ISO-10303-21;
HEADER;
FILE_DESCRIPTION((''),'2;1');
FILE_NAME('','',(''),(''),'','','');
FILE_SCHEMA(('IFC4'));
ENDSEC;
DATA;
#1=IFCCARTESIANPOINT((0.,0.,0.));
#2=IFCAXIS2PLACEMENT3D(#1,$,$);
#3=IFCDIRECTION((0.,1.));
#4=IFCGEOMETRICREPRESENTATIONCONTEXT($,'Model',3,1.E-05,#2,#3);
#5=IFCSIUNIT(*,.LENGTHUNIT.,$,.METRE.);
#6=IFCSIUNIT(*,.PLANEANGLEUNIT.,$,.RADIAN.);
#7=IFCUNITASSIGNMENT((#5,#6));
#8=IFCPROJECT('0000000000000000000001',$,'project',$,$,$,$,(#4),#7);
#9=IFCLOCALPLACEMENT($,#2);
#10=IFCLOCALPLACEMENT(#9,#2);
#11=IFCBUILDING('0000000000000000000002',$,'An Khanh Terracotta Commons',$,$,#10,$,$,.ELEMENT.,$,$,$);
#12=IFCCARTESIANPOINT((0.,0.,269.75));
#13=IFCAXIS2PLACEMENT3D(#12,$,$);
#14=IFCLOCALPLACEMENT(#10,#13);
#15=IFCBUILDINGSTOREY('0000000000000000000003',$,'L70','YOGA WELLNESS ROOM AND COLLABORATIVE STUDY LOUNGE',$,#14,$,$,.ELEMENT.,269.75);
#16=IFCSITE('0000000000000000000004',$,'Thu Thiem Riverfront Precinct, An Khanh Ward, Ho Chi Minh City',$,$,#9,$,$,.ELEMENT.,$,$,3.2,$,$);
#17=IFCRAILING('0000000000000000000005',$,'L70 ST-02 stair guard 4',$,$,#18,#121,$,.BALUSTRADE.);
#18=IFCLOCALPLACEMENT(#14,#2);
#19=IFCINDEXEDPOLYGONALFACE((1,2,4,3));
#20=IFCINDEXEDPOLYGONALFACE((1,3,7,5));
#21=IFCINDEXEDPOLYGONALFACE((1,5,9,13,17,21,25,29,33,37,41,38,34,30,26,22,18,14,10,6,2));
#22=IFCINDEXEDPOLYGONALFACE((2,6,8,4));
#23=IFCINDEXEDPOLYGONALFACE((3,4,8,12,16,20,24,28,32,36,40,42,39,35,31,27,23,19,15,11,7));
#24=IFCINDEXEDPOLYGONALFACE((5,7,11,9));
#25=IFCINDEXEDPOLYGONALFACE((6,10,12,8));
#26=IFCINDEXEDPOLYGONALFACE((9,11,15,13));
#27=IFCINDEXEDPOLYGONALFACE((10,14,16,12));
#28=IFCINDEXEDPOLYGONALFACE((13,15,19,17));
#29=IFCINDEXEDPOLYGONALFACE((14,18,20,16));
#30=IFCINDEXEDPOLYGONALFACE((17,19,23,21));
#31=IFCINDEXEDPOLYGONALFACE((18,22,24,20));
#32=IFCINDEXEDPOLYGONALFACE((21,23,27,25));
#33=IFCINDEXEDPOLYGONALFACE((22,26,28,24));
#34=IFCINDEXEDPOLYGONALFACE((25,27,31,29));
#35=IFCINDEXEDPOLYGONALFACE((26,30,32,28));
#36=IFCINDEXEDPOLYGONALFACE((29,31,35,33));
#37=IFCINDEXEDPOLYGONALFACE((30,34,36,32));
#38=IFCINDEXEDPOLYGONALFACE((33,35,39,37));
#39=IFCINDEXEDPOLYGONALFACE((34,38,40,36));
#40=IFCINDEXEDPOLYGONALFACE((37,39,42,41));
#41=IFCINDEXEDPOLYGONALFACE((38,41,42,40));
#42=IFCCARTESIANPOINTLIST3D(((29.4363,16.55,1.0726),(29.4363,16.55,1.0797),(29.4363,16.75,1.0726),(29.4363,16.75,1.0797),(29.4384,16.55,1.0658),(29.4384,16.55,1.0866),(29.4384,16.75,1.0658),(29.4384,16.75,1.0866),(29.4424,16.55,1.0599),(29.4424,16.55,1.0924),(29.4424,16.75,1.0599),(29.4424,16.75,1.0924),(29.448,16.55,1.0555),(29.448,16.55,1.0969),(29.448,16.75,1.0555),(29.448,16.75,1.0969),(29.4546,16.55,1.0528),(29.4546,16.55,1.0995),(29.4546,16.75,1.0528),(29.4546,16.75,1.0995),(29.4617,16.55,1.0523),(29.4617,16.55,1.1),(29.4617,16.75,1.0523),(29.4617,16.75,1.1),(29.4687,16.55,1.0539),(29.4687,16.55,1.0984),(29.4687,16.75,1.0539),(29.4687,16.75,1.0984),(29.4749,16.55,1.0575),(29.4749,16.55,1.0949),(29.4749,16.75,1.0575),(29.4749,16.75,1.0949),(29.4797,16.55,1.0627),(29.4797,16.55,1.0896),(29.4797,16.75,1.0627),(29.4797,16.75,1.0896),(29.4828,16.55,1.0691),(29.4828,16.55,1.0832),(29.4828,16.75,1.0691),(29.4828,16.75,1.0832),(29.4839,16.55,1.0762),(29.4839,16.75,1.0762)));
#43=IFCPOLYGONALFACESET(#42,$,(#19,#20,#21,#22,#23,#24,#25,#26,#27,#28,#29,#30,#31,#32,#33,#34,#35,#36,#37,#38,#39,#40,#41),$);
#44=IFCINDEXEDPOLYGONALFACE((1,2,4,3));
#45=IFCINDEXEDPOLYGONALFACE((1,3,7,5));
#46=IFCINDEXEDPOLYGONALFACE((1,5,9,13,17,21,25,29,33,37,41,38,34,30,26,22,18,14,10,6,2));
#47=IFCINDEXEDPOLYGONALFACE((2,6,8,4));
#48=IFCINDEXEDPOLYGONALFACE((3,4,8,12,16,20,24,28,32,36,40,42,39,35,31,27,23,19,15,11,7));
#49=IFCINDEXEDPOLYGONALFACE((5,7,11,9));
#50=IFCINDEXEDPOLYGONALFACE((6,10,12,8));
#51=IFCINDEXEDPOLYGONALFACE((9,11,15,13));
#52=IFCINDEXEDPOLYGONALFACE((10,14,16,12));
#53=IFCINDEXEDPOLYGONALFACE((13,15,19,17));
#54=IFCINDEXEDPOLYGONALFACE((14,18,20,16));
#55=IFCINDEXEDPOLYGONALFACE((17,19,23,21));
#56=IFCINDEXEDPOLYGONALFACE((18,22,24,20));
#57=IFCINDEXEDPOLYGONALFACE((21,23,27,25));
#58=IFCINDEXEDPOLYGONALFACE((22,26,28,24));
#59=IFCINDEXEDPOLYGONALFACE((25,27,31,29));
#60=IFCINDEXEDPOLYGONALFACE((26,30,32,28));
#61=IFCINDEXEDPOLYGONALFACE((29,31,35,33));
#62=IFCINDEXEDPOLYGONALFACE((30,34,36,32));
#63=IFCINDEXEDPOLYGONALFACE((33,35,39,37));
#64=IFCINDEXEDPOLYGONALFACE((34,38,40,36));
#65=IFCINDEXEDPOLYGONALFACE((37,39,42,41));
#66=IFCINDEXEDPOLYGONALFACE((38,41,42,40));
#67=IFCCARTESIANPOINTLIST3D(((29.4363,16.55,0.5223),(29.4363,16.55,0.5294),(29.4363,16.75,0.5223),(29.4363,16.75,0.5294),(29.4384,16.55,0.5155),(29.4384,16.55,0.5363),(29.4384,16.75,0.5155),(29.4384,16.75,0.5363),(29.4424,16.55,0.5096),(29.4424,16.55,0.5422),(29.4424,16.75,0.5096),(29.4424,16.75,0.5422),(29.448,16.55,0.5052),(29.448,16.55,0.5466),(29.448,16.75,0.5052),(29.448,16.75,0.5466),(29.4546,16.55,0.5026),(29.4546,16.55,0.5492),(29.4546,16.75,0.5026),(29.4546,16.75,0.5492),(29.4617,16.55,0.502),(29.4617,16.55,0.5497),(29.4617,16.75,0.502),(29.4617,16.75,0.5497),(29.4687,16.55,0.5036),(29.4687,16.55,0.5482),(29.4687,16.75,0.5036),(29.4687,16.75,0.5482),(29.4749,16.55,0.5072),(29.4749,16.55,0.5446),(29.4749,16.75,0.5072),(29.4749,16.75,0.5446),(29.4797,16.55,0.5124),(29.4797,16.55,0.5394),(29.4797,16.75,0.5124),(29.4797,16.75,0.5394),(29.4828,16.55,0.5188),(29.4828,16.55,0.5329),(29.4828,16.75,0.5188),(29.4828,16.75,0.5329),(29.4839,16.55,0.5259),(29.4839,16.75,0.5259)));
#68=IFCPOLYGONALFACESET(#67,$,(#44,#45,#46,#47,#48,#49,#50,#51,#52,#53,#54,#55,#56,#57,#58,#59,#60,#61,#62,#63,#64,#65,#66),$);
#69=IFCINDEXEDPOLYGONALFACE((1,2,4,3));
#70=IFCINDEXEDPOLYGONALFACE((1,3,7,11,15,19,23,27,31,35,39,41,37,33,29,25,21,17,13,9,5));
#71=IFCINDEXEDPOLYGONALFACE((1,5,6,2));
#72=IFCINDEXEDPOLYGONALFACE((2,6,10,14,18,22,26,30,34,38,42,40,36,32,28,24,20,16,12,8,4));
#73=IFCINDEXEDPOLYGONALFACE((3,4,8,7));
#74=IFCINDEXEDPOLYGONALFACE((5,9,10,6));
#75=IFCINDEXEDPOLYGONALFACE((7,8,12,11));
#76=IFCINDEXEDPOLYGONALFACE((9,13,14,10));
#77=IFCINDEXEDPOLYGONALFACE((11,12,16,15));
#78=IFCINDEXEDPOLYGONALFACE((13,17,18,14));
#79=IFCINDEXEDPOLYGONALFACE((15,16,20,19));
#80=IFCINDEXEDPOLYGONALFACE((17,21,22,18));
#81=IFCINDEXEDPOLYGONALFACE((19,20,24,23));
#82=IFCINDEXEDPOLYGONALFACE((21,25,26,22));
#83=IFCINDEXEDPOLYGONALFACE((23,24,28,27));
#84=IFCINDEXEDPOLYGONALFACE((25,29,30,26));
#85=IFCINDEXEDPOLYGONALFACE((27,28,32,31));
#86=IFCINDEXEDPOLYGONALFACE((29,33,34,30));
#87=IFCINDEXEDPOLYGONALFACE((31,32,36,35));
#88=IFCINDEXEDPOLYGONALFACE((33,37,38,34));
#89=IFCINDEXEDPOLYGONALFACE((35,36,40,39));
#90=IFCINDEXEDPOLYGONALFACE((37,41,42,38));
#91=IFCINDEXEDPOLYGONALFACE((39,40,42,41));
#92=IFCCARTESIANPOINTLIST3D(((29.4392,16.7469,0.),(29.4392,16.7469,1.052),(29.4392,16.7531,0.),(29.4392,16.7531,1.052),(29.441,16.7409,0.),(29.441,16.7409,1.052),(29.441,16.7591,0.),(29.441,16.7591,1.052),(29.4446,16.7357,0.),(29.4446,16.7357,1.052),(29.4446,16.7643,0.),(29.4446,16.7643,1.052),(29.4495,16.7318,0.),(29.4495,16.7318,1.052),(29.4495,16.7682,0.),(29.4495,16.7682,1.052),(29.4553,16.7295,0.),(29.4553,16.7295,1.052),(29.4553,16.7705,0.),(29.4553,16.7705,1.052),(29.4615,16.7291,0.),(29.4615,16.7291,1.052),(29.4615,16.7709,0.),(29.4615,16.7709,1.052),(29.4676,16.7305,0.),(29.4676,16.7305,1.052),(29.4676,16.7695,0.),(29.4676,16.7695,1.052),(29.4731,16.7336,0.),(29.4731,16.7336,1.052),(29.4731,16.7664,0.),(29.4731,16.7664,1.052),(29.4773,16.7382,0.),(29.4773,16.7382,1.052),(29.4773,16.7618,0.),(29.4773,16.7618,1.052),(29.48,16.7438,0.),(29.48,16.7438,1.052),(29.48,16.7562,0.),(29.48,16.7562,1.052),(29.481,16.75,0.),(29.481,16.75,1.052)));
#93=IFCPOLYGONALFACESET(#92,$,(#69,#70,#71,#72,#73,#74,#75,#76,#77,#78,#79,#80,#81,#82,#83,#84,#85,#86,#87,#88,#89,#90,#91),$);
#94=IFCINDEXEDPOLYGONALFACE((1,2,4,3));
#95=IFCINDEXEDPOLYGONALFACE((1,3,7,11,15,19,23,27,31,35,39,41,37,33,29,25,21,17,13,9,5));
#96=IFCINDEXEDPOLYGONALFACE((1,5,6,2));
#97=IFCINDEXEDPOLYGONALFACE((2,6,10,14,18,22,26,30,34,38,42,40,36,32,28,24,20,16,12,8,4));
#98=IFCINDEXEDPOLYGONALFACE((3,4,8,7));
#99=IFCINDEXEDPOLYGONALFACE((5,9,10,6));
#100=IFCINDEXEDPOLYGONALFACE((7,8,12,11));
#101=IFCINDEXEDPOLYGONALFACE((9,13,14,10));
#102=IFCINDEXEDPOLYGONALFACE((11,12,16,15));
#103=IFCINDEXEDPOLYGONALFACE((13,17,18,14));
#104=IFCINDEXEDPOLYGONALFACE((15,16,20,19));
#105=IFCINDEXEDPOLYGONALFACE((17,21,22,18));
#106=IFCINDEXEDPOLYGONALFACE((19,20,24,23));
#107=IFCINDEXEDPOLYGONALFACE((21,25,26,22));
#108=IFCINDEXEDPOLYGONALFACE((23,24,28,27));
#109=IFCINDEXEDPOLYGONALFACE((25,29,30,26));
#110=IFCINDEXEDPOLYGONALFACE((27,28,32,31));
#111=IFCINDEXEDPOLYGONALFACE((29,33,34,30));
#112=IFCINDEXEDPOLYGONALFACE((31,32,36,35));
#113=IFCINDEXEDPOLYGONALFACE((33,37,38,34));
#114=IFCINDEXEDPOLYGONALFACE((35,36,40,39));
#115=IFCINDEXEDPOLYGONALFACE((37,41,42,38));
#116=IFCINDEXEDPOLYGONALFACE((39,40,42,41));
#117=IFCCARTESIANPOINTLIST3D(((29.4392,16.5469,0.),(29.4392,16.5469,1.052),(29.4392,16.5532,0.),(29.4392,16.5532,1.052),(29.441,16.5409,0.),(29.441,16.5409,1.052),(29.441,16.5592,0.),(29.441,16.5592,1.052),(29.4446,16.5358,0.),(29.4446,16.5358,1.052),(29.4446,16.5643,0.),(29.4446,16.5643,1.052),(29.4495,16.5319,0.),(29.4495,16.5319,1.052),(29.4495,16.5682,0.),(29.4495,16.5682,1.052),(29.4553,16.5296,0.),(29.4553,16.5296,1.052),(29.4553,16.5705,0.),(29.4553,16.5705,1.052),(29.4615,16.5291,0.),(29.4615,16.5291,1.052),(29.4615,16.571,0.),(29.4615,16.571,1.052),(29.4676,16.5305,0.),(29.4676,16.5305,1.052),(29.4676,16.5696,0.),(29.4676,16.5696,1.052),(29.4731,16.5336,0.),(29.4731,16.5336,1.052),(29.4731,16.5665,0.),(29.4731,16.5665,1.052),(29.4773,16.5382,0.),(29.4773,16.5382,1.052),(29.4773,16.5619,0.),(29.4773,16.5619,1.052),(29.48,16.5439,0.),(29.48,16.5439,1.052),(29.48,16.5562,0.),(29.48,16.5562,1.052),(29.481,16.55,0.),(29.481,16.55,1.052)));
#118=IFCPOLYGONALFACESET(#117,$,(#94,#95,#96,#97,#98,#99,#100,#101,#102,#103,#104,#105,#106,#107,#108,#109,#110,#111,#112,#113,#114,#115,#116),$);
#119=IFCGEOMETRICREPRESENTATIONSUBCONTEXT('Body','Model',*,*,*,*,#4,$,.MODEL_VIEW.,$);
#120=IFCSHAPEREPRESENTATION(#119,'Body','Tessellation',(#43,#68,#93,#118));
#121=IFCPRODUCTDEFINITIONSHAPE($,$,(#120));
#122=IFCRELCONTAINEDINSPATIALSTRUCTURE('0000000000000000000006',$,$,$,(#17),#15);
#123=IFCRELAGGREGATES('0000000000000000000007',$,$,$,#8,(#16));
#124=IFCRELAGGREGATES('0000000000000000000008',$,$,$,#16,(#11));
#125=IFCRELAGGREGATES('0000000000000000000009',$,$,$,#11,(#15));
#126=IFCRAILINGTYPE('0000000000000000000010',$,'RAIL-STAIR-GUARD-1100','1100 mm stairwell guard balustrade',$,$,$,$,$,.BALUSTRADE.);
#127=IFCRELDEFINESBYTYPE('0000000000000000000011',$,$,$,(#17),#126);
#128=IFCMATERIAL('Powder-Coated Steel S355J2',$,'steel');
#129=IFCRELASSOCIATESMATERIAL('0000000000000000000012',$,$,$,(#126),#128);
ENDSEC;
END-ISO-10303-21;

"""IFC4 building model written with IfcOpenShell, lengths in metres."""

from ifc_helpers import new_model, si_unit, direction, frame, origin, origin_2d, place, context, subcontext, project, spatial, circle, extrude, material, type_object, element, save


model = new_model("IFC4")

# Units and contexts
model_context = context("Model", 3, precision=1e-05, world=origin(), true_north=direction((0.0, 1.0)))
body_context = subcontext(model_context, "Body", "Model", "MODEL_VIEW")
ifc_project = project(units=[si_unit("LENGTHUNIT", "METRE"), si_unit("PLANEANGLEUNIT", "RADIAN")], contexts=[model_context])

# Site, building, storey
site_placement = place(None, origin())
site = spatial("IfcSite", under=ifc_project, at=site_placement, Name="Thu Thiem Riverfront Precinct, An Khanh Ward, Ho Chi Minh City", CompositionType="ELEMENT", RefElevation=3.2)
building_placement = place(site_placement, origin())
building = spatial("IfcBuilding", under=site, at=building_placement, Name="An Khanh Terracotta Commons", CompositionType="ELEMENT")
storey_placement = place(building_placement, frame((0.0, 0.0, 269.75)))
storey = spatial("IfcBuildingStorey", under=building, at=storey_placement, Name="L70", Description="YOGA WELLNESS ROOM AND COLLABORATIVE STUDY LOUNGE", CompositionType="ELEMENT", Elevation=269.75)

# Railing
ifc_material_1 = material(Name="Powder-Coated Steel S355J2", Category="steel")
railing_type_1 = type_object("IfcRailingType", Name="RAIL-STAIR-GUARD-1100", Description="1100 mm stairwell guard balustrade", PredefinedType="BALUSTRADE", material=ifc_material_1)
railing_1_placement = place(storey_placement, frame((29.46, 16.75, 0.0)))
element("IfcRailing", 1, at=railing_1_placement, inside=storey, type_object=railing_type_1, Name="L70 ST-02 stair guard 4", PredefinedType="BALUSTRADE", context=body_context, shape_type="SweptSolid", body=[
    extrude(circle(Radius=0.0239, at=origin_2d()), frame((0.0, 0.0, 1.0762), z_axis=(0.0, -1.0, 0.0), x_axis=(1.0, 0.0, 0.0)), (0.0, 0.0, 1.0), 0.2),
    extrude(circle(Radius=0.0239, at=origin_2d()), frame((0.0, 0.0, 0.5259), z_axis=(0.0, -1.0, 0.0), x_axis=(1.0, 0.0, 0.0)), (0.0, 0.0, 1.0), 0.2),
    extrude(circle(Radius=0.021, at=origin_2d()), origin(), (0.0, 0.0, 1.0), 1.052),
    extrude(circle(Radius=0.021, at=origin_2d()), frame((0.0, -0.2, 0.0)), (0.0, 0.0, 1.0), 1.052),
])

save(model, "model.ifc")
